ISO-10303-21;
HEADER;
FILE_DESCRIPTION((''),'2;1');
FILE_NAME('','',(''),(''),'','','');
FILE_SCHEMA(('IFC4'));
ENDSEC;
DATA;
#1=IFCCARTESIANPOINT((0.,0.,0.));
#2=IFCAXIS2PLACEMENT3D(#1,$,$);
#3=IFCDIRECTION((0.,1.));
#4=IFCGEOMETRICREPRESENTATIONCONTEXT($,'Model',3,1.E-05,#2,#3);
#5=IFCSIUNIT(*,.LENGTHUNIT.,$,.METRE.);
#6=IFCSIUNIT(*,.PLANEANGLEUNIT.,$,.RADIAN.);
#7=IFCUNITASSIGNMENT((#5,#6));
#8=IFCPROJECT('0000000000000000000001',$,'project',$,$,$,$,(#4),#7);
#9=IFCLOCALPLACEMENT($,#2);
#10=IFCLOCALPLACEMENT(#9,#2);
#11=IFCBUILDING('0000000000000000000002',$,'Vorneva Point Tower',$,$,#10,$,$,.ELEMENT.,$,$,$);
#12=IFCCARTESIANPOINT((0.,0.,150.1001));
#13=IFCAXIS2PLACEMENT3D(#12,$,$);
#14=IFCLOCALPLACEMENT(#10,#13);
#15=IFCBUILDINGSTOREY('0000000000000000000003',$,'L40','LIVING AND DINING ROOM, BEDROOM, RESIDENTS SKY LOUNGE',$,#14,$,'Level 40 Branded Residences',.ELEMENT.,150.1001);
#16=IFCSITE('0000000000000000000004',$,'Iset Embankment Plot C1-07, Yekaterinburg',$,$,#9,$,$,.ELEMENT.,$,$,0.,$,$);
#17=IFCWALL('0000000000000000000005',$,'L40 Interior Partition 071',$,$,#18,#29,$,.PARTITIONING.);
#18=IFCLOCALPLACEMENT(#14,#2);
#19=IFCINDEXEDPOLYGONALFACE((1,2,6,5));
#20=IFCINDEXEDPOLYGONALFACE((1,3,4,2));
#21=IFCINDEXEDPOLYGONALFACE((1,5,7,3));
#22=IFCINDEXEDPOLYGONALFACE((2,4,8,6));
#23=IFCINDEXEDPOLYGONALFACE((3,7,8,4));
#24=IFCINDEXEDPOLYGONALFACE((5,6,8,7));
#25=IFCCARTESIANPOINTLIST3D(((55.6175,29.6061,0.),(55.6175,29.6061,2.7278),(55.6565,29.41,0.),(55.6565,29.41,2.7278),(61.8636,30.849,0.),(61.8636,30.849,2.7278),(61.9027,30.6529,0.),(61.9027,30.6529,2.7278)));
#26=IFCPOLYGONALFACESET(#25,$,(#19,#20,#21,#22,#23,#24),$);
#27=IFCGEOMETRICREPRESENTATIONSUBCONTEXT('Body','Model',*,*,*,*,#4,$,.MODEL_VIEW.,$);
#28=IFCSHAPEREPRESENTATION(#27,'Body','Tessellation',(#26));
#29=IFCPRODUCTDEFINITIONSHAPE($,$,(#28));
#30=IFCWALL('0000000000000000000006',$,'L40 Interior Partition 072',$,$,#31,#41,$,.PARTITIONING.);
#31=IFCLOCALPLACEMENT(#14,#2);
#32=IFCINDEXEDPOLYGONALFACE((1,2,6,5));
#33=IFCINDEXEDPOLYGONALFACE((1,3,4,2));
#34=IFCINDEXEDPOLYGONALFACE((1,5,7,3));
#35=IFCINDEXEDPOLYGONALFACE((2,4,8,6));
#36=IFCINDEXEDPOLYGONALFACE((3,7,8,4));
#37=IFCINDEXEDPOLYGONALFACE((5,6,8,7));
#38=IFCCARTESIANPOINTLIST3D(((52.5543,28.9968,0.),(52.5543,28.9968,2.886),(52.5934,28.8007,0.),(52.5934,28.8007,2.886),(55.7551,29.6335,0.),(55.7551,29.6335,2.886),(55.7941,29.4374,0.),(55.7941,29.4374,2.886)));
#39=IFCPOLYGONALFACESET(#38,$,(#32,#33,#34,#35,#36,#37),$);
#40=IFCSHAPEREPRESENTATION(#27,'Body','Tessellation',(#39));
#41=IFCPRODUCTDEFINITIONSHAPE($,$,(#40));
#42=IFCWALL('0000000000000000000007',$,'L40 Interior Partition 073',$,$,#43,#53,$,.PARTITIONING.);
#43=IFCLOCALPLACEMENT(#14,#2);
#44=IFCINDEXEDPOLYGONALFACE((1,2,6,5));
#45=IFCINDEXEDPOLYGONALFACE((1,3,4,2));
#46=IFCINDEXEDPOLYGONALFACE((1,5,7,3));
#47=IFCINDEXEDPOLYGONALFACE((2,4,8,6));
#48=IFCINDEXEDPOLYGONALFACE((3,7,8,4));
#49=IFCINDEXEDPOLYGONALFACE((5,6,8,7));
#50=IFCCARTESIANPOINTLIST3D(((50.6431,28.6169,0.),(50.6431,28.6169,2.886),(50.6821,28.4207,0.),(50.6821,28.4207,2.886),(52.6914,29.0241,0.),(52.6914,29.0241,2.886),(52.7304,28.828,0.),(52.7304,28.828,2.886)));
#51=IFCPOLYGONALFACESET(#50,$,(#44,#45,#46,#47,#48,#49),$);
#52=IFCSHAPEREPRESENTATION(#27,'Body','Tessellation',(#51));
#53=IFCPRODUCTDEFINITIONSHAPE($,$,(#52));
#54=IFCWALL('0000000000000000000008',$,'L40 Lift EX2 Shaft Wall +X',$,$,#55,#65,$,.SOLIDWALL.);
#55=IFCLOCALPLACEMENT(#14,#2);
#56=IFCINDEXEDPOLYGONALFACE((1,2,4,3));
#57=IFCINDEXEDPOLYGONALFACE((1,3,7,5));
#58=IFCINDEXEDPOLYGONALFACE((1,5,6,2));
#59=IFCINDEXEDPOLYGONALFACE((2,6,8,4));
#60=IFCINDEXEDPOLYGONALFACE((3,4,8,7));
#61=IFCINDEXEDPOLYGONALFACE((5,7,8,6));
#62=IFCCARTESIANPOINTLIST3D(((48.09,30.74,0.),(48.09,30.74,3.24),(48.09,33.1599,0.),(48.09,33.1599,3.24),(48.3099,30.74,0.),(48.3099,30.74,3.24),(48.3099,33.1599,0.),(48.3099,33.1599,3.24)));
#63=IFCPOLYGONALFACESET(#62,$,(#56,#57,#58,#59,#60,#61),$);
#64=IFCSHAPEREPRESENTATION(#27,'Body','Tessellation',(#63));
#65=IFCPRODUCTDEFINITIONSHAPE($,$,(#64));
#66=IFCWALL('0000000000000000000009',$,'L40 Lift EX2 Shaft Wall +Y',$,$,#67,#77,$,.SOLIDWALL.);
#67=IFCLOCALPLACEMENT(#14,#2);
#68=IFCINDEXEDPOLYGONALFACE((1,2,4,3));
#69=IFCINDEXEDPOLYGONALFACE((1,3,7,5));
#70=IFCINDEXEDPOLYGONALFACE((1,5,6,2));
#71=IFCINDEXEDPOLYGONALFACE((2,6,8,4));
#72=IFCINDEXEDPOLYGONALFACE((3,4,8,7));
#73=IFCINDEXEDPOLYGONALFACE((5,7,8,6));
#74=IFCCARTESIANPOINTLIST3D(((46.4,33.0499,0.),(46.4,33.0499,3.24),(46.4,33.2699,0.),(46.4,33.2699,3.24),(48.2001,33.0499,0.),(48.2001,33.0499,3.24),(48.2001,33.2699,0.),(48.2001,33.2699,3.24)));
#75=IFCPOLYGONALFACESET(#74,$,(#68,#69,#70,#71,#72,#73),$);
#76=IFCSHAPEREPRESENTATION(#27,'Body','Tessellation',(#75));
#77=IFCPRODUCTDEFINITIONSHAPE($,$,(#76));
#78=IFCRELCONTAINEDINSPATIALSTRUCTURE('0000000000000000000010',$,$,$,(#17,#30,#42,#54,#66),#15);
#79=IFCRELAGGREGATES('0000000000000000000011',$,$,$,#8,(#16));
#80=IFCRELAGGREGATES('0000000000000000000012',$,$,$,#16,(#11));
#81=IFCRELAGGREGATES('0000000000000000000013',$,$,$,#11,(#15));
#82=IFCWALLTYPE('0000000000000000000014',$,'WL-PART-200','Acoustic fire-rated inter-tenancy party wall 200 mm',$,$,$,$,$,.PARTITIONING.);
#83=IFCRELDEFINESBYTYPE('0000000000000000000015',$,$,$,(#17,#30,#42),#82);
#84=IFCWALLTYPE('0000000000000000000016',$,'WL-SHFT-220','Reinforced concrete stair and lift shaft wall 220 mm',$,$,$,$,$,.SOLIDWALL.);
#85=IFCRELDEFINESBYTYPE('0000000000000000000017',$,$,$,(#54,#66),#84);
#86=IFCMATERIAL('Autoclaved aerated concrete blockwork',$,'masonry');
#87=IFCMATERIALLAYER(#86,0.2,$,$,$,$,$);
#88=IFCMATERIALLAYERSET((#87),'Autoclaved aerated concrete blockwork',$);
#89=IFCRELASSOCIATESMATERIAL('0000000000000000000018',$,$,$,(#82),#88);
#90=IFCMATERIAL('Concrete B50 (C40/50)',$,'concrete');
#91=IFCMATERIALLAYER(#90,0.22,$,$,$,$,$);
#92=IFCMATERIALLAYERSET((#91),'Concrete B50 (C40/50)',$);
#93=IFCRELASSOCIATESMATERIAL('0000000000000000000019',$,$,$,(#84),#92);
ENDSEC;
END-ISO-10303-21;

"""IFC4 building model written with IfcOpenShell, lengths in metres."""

from ifc_helpers import new_model, si_unit, direction, frame, frame_2d, origin, place, context, subcontext, project, spatial, rectangle, extrude, material, layer, layer_set, type_object, element, save


model = new_model("IFC4")

# Units and contexts
model_context = context("Model", 3, precision=1e-05, world=origin(), true_north=direction((0.0, 1.0)))
body_context = subcontext(model_context, "Body", "Model", "MODEL_VIEW")
ifc_project = project(units=[si_unit("LENGTHUNIT", "METRE"), si_unit("PLANEANGLEUNIT", "RADIAN")], contexts=[model_context])

# Site, building, storey
site_placement = place(None, origin())
site = spatial("IfcSite", under=ifc_project, at=site_placement, Name="Iset Embankment Plot C1-07, Yekaterinburg", CompositionType="ELEMENT", RefElevation=0.0)
building_placement = place(site_placement, origin())
building = spatial("IfcBuilding", under=site, at=building_placement, Name="Vorneva Point Tower", CompositionType="ELEMENT")
storey_placement = place(building_placement, frame((0.0, 0.0, 150.1001)))
storey = spatial("IfcBuildingStorey", under=building, at=storey_placement, Name="L40", Description="LIVING AND DINING ROOM, BEDROOM, RESIDENTS SKY LOUNGE", LongName="Level 40 Branded Residences", CompositionType="ELEMENT", Elevation=150.1001)

# Shared definitions
ifc_material_1 = material(Name="Autoclaved aerated concrete blockwork", Category="masonry")

# Walls
ifc_layer_1 = layer(ifc_material_1, 0.2)
ifc_layer_set_1 = layer_set([ifc_layer_1], Name="Autoclaved aerated concrete blockwork")
wall_type_1 = type_object("IfcWallType", Name="WL-PART-200", Description="Acoustic fire-rated inter-tenancy party wall 200 mm", PredefinedType="PARTITIONING", material=ifc_layer_set_1)
wall_1_placement = place(storey_placement, frame((55.637, 29.5081, 0.0), z_axis=(0.0, 0.0, 1.0), x_axis=(0.98077, 0.195165, 0.0)))
element("IfcWall", 1, at=wall_1_placement, inside=storey, type_object=wall_type_1, Name="L40 Interior Partition 071", PredefinedType="PARTITIONING", context=body_context, shape_type="SweptSolid", body=[
    extrude(rectangle(XDim=6.3687, YDim=0.2, at=frame_2d((3.1843, 0.0))), origin(), (0.0, 0.0, 1.0), 2.7278),
])
wall_2_placement = place(storey_placement, frame((52.5737, 28.8987, 0.0), z_axis=(0.0, 0.0, 1.0), x_axis=(0.980782, 0.195109, 0.0)))
element("IfcWall", 2, at=wall_2_placement, inside=storey, type_object=wall_type_1, Name="L40 Interior Partition 072", PredefinedType="PARTITIONING", context=body_context, shape_type="SweptSolid", body=[
    extrude(rectangle(XDim=3.2634, YDim=0.2, at=frame_2d((1.6318, 0.0))), origin(), (0.0, 0.0, 1.0), 2.886),
])
wall_3_placement = place(storey_placement, frame((50.6626, 28.5188, 0.0), z_axis=(0.0, 0.0, 1.0), x_axis=(0.980805, 0.194992, 0.0)))
element("IfcWall", 3, at=wall_3_placement, inside=storey, type_object=wall_type_1, Name="L40 Interior Partition 073", PredefinedType="PARTITIONING", context=body_context, shape_type="SweptSolid", body=[
    extrude(rectangle(XDim=2.0884, YDim=0.2, at=frame_2d((1.0442, 0.0))), origin(), (0.0, 0.0, 1.0), 2.886),
])
ifc_material_2 = material(Name="Concrete B50 (C40/50)", Category="concrete")
ifc_layer_2 = layer(ifc_material_2, 0.22)
ifc_layer_set_2 = layer_set([ifc_layer_2], Name="Concrete B50 (C40/50)")
wall_type_2 = type_object("IfcWallType", Name="WL-SHFT-220", Description="Reinforced concrete stair and lift shaft wall 220 mm", PredefinedType="SOLIDWALL", material=ifc_layer_set_2)
wall_4_placement = place(storey_placement, frame((48.2, 30.74, 0.0), z_axis=(0.0, 0.0, 1.0), x_axis=(0.0, 1.0, 0.0)))
element("IfcWall", 4, at=wall_4_placement, inside=storey, type_object=wall_type_2, Name="L40 Lift EX2 Shaft Wall +X", PredefinedType="SOLIDWALL", context=body_context, shape_type="SweptSolid", body=[
    extrude(rectangle(XDim=2.4199, YDim=0.22, at=frame_2d((1.21, 0.0))), origin(), (0.0, 0.0, 1.0), 3.24),
])
wall_5_placement = place(storey_placement, frame((48.2, 33.1599, 0.0), z_axis=(0.0, 0.0, 1.0), x_axis=(-1.0, 0.0, 0.0)))
element("IfcWall", 5, at=wall_5_placement, inside=storey, type_object=wall_type_2, Name="L40 Lift EX2 Shaft Wall +Y", PredefinedType="SOLIDWALL", context=body_context, shape_type="SweptSolid", body=[
    extrude(rectangle(XDim=1.8, YDim=0.22, at=frame_2d((0.8999, 0.0))), origin(), (0.0, 0.0, 1.0), 3.24),
])

save(model, "model.ifc")
